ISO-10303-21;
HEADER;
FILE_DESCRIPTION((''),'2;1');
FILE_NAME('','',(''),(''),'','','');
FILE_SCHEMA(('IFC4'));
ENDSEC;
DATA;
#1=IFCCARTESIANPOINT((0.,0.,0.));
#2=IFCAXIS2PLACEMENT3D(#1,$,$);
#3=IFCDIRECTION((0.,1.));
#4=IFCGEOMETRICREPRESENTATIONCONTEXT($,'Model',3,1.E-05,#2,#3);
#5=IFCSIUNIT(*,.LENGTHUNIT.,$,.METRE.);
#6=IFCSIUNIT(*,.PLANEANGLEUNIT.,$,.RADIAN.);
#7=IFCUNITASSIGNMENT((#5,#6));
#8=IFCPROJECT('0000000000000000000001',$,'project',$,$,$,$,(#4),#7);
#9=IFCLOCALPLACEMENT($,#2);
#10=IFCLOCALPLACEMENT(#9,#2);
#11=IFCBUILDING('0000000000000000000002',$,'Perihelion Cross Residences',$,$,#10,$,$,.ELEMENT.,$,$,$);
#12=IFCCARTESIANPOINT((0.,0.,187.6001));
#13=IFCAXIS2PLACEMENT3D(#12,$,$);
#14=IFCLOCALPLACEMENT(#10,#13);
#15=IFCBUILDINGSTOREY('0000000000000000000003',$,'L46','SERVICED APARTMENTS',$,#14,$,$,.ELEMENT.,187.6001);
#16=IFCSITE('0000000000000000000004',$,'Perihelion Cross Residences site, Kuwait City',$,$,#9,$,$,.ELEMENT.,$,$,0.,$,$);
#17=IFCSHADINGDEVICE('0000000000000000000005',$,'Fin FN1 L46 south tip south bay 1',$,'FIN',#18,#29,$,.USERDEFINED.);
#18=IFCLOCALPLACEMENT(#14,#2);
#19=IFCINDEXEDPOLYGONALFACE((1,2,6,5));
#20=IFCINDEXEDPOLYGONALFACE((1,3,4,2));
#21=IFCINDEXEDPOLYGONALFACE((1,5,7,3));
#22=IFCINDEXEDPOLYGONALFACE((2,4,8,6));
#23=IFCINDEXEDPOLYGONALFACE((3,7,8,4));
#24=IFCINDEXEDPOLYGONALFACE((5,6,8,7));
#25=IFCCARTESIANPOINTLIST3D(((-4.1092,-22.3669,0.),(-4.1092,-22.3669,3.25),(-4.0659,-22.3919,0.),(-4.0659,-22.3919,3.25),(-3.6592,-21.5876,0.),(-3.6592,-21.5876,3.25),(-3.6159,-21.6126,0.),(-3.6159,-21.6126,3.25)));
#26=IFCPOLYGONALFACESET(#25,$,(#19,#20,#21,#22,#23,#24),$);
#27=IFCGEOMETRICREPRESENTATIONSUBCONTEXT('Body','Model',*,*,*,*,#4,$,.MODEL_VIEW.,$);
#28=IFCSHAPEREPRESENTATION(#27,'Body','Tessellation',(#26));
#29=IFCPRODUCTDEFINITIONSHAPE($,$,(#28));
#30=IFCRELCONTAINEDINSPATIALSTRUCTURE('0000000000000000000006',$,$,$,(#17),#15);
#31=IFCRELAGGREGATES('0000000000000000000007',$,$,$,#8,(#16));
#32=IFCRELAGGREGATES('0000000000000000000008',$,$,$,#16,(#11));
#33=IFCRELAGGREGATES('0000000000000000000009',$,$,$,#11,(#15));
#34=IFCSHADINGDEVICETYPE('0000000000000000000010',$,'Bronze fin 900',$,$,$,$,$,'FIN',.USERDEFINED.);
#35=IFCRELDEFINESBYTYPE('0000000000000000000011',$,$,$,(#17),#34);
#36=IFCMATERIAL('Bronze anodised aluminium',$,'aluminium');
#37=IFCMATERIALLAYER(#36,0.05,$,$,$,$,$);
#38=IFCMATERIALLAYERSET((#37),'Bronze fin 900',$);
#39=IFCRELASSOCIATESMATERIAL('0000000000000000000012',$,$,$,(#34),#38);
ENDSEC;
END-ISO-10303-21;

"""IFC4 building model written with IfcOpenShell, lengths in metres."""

from ifc_helpers import new_model, si_unit, direction, frame, origin, origin_2d, place, context, subcontext, project, spatial, rectangle, extrude, material, layer, layer_set, type_object, element, save


model = new_model("IFC4")

# Units and contexts
model_context = context("Model", 3, precision=1e-05, world=origin(), true_north=direction((0.0, 1.0)))
body_context = subcontext(model_context, "Body", "Model", "MODEL_VIEW")
ifc_project = project(units=[si_unit("LENGTHUNIT", "METRE"), si_unit("PLANEANGLEUNIT", "RADIAN")], contexts=[model_context])

# Site, building, storey
site_placement = place(None, origin())
site = spatial("IfcSite", under=ifc_project, at=site_placement, Name="Perihelion Cross Residences site, Kuwait City", CompositionType="ELEMENT", RefElevation=0.0)
building_placement = place(site_placement, origin())
building = spatial("IfcBuilding", under=site, at=building_placement, Name="Perihelion Cross Residences", CompositionType="ELEMENT")
storey_placement = place(building_placement, frame((0.0, 0.0, 187.6001)))
storey = spatial("IfcBuildingStorey", under=building, at=storey_placement, Name="L46", Description="SERVICED APARTMENTS", CompositionType="ELEMENT", Elevation=187.6001)

# Shading device
ifc_material_1 = material(Name="Bronze anodised aluminium", Category="aluminium")
ifc_layer_1 = layer(ifc_material_1, 0.05)
ifc_layer_set_1 = layer_set([ifc_layer_1], Name="Bronze fin 900")
shading_device_type = type_object("IfcShadingDeviceType", Name="Bronze fin 900", ElementType="FIN", PredefinedType="USERDEFINED", material=ifc_layer_set_1)
shading_device_placement = place(storey_placement, frame((-3.8625, -21.9897, 0.0), z_axis=(0.0, 0.0, 1.0), x_axis=(-0.5, -0.866025, 0.0)))
element("IfcShadingDevice", 1, at=shading_device_placement, inside=storey, type_object=shading_device_type, Name="Fin FN1 L46 south tip south bay 1", ObjectType="FIN", PredefinedType="USERDEFINED", context=body_context, shape_type="SweptSolid", body=[
    extrude(rectangle(XDim=0.8999, YDim=0.05, at=origin_2d()), origin(), (0.0, 0.0, 1.0), 3.25),
])

save(model, "model.ifc")
